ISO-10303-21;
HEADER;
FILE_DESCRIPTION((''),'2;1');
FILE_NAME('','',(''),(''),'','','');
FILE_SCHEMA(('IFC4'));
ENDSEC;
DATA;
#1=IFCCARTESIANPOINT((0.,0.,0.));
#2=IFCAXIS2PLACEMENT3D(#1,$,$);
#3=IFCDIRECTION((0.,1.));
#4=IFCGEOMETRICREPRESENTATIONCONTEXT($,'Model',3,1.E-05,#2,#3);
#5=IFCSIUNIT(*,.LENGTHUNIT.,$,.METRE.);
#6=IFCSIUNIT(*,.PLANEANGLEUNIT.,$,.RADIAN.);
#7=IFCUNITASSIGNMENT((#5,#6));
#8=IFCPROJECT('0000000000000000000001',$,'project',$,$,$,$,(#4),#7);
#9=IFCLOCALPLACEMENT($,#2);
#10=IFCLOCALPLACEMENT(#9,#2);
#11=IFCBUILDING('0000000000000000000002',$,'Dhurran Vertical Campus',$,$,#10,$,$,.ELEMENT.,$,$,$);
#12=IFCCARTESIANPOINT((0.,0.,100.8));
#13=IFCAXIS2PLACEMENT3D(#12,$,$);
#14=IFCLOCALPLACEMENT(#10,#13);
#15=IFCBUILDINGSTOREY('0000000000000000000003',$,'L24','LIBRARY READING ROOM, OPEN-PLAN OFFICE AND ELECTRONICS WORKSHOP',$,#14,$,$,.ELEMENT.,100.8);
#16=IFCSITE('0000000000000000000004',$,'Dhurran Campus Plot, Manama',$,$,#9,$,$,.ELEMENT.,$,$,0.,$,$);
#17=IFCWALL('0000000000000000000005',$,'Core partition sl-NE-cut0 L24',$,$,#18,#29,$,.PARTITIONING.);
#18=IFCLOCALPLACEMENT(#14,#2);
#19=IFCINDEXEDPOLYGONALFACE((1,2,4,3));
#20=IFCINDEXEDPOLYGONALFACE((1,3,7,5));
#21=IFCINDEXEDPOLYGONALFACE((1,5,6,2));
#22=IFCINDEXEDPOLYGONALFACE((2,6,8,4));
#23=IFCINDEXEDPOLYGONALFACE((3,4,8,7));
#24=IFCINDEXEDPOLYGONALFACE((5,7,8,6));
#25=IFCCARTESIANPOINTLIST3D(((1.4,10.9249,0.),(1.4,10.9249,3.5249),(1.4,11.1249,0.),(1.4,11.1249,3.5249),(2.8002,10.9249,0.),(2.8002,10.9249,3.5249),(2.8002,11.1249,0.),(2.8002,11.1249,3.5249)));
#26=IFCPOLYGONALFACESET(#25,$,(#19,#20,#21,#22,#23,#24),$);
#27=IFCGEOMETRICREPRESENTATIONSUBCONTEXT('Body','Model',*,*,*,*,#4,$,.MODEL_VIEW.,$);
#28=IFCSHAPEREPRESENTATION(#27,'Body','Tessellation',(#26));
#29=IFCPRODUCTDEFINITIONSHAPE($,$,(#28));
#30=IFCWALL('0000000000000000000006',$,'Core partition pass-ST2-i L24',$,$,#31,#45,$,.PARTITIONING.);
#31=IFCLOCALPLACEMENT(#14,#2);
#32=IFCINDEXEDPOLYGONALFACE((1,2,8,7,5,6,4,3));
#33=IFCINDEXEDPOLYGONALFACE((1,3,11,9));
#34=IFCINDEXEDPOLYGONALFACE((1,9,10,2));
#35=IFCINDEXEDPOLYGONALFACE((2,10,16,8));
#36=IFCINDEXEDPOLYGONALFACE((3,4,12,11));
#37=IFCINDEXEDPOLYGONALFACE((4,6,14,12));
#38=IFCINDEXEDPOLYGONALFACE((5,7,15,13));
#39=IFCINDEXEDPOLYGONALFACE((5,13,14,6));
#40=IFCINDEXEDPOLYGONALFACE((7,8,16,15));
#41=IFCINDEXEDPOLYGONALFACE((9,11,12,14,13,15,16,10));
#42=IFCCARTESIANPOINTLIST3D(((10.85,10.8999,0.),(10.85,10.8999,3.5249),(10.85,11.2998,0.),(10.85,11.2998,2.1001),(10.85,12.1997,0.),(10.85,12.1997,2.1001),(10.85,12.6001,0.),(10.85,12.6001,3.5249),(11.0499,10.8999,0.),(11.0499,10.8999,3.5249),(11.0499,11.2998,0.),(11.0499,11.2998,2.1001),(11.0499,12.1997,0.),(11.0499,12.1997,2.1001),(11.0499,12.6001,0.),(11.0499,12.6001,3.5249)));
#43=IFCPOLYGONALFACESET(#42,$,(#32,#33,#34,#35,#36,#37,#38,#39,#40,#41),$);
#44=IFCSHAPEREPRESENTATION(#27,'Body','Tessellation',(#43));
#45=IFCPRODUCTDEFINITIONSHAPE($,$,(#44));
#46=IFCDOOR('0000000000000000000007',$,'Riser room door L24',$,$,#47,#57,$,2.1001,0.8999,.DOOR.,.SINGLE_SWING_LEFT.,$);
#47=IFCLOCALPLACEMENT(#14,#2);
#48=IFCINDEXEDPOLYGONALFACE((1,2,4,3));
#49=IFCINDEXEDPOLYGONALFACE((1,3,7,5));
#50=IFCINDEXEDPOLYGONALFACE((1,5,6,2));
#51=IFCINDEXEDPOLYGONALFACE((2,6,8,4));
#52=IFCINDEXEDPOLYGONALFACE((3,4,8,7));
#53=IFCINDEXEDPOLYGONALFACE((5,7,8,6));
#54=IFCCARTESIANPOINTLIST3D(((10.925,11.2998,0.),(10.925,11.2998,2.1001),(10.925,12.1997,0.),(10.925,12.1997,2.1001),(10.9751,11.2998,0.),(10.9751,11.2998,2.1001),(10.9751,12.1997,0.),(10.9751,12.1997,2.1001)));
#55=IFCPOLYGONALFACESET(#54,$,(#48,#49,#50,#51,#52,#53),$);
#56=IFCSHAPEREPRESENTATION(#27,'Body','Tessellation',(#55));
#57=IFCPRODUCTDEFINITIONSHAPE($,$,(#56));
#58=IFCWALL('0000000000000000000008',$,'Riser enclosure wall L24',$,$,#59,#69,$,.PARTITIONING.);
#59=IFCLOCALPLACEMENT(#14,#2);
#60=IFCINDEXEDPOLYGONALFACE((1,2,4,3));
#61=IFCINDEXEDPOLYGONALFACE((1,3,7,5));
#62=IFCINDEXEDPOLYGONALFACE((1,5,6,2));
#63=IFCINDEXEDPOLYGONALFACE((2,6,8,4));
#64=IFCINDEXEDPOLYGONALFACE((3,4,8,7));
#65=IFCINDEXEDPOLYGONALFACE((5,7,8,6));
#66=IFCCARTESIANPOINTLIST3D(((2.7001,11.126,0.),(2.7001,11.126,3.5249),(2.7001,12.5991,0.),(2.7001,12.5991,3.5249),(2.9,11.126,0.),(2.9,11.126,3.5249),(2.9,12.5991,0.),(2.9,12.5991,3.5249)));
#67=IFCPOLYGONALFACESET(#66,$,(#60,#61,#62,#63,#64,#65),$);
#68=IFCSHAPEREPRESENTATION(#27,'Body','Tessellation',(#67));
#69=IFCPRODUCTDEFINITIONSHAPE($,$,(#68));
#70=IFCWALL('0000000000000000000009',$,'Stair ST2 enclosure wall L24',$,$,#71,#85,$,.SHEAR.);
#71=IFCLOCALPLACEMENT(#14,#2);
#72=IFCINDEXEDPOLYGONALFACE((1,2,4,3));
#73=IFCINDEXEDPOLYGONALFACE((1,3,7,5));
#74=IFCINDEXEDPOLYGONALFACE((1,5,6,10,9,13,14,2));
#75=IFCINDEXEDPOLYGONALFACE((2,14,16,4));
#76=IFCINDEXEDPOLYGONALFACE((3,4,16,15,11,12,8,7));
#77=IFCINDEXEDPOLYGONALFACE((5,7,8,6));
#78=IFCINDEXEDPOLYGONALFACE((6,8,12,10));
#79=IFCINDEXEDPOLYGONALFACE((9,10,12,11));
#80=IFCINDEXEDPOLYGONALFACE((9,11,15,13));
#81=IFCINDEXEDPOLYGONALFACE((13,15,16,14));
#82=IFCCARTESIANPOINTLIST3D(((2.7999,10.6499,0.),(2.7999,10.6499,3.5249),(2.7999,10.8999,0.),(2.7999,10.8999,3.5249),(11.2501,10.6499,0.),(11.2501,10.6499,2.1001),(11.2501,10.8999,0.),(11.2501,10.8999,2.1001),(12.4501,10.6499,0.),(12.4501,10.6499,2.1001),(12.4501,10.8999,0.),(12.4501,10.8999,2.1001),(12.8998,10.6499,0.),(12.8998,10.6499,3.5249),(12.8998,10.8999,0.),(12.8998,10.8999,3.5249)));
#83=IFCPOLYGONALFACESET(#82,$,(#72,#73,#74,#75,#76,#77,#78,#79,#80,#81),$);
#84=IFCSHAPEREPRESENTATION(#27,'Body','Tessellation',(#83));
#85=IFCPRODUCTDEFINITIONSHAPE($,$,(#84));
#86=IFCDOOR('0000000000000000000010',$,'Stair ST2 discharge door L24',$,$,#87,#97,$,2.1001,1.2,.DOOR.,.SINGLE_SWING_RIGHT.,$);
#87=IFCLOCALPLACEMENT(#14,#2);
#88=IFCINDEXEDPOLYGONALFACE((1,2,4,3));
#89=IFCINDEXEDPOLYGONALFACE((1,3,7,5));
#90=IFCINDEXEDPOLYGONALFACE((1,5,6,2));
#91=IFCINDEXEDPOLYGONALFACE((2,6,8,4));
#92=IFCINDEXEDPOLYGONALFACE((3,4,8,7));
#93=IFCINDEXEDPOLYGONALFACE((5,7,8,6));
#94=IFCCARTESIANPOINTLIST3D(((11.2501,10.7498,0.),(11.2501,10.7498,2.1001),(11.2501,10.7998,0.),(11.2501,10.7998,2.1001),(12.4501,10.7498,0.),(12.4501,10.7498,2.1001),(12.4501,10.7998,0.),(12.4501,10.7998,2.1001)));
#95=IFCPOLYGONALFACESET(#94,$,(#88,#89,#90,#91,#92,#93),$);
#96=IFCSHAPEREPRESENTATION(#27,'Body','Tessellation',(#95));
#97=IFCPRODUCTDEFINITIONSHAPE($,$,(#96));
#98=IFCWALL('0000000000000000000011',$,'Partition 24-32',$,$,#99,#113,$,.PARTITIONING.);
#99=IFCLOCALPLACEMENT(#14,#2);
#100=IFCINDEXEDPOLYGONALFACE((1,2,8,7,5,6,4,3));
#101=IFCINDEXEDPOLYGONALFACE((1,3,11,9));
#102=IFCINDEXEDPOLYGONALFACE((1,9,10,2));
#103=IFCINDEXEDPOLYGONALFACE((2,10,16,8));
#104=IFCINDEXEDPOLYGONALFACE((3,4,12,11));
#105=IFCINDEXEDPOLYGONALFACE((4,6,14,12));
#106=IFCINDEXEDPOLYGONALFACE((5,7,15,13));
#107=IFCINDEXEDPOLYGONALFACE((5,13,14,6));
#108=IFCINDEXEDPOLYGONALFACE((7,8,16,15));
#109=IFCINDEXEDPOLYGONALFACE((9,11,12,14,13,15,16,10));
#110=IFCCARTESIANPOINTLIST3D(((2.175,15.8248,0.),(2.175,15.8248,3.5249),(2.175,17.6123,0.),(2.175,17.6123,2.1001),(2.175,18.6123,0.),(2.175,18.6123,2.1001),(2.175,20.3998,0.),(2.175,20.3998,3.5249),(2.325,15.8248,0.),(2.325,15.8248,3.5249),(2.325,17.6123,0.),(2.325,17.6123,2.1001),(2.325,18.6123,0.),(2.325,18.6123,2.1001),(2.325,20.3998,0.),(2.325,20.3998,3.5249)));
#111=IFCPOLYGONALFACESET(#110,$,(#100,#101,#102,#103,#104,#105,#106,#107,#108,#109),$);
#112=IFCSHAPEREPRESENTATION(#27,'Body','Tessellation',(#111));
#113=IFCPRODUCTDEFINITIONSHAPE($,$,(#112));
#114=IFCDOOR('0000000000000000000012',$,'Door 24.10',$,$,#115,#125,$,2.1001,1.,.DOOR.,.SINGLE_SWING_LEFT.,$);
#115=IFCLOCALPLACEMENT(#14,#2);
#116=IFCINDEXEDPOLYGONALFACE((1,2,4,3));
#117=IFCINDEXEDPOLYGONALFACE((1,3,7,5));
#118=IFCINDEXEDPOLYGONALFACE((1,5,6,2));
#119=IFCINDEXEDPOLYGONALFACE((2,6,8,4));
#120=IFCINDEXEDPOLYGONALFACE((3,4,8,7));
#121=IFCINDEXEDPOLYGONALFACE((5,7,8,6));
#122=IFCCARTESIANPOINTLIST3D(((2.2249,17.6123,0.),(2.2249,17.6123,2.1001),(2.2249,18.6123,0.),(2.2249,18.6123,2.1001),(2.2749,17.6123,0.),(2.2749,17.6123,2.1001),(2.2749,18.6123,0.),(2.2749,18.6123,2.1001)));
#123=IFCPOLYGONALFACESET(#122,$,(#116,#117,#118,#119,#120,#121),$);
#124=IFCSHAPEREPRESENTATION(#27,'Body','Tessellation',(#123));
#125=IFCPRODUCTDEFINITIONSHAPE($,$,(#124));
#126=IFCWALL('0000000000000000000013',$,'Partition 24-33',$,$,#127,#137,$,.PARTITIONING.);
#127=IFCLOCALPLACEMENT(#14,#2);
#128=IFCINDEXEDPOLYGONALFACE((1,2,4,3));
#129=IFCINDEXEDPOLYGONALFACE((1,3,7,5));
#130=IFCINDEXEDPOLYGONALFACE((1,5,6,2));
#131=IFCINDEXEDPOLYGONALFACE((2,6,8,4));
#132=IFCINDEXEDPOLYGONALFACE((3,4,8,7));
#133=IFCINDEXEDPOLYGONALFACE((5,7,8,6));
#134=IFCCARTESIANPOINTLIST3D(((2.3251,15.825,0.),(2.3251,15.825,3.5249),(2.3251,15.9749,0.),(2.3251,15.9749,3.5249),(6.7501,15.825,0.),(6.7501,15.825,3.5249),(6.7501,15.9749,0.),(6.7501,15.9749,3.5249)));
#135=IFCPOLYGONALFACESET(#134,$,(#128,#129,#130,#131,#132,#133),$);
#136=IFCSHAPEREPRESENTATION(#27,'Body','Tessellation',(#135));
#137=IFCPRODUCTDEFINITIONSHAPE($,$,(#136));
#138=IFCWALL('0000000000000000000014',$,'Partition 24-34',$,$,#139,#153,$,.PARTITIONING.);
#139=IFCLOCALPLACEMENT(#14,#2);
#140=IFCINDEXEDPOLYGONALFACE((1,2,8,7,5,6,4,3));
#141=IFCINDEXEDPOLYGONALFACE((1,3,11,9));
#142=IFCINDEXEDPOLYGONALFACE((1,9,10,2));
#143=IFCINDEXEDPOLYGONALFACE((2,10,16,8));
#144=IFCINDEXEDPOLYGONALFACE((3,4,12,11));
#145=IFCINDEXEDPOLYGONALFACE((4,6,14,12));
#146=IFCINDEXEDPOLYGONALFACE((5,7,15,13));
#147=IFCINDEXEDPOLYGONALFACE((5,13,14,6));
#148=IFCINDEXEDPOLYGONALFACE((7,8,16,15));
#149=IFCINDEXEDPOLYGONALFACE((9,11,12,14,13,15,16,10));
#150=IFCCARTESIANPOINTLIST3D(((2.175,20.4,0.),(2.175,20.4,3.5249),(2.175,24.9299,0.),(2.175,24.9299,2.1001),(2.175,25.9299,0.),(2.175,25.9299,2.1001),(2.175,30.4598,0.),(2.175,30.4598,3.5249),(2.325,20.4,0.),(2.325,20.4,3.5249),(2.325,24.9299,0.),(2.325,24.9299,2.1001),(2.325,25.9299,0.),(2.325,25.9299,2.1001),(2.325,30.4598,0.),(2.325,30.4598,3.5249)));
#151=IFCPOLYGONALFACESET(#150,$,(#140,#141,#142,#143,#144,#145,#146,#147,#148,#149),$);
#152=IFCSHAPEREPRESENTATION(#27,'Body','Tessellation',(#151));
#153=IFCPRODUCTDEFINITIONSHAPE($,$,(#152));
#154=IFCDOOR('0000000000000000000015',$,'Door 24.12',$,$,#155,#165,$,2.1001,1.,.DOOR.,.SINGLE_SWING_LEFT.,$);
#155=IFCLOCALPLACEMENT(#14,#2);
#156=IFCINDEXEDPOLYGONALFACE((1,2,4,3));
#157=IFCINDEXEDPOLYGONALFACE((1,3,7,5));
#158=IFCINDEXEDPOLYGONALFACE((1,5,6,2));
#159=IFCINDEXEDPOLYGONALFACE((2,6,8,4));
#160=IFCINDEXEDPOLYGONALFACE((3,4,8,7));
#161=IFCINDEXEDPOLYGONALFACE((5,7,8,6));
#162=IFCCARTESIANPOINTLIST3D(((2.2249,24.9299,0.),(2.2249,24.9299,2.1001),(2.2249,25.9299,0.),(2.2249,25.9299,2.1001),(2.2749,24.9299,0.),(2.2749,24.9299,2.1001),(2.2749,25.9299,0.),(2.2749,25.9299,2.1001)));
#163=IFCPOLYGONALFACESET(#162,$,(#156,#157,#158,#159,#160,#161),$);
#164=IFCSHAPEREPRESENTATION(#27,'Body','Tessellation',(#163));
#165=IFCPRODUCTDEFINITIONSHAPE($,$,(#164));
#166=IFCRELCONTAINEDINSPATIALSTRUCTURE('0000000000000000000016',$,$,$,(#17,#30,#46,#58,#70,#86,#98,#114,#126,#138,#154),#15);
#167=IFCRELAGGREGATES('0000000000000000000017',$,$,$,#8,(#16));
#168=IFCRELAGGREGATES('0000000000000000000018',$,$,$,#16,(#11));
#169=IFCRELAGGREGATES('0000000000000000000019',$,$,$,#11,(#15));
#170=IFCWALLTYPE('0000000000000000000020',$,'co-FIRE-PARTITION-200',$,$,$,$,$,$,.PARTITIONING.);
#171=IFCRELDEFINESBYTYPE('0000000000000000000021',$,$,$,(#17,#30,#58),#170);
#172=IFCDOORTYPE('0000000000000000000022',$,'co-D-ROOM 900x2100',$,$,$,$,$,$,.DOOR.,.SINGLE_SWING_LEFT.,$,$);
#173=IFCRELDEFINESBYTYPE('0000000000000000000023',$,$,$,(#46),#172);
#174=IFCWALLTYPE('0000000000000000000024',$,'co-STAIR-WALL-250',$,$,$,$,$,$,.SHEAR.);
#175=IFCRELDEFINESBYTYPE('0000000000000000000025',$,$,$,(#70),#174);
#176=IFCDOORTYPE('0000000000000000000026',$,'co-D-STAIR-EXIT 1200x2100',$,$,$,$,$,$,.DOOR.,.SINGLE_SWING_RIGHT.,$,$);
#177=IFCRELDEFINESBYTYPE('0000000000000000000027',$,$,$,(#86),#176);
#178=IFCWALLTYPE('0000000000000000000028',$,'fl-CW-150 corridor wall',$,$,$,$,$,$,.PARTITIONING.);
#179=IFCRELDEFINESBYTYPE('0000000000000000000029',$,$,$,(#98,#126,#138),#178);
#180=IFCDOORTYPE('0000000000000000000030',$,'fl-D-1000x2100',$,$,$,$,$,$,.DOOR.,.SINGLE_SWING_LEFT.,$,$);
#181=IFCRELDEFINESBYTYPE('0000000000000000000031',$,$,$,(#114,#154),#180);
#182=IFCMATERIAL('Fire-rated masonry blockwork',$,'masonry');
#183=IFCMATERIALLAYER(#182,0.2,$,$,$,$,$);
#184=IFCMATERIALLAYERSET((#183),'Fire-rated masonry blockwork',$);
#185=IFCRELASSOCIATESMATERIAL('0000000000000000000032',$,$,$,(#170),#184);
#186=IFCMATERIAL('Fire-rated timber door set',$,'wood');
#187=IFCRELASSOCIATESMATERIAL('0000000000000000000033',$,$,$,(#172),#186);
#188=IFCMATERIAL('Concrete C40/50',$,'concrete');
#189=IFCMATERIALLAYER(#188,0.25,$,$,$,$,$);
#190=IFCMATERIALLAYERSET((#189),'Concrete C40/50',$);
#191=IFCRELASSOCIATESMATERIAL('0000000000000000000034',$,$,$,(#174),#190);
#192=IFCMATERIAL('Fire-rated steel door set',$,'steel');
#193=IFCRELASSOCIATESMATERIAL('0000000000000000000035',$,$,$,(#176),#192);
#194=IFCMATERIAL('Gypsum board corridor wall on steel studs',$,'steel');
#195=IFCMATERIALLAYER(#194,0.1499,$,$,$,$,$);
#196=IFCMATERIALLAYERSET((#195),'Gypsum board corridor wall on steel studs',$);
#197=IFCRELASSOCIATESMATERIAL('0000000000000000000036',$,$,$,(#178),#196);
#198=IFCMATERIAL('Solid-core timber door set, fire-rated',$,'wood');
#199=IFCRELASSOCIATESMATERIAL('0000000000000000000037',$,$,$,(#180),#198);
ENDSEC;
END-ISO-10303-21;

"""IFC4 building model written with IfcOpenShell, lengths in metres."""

from ifc_helpers import new_model, si_unit, direction, frame, frame_2d, origin, place, context, subcontext, project, spatial, rectangle, extrude, material, layer, layer_set, type_object, element, fill, save


model = new_model("IFC4")

# Units and contexts
model_context = context("Model", 3, precision=1e-05, world=origin(), true_north=direction((0.0, 1.0)))
body_context = subcontext(model_context, "Body", "Model", "MODEL_VIEW")
ifc_project = project(units=[si_unit("LENGTHUNIT", "METRE"), si_unit("PLANEANGLEUNIT", "RADIAN")], contexts=[model_context])

# Site, building, storey
site_placement = place(None, origin())
site = spatial("IfcSite", under=ifc_project, at=site_placement, Name="Dhurran Campus Plot, Manama", CompositionType="ELEMENT", RefElevation=0.0)
building_placement = place(site_placement, origin())
building = spatial("IfcBuilding", under=site, at=building_placement, Name="Dhurran Vertical Campus", CompositionType="ELEMENT")
storey_placement = place(building_placement, frame((0.0, 0.0, 100.8)))
storey = spatial("IfcBuildingStorey", under=building, at=storey_placement, Name="L24", Description="LIBRARY READING ROOM, OPEN-PLAN OFFICE AND ELECTRONICS WORKSHOP", CompositionType="ELEMENT", Elevation=100.8)

# Wall
ifc_material_1 = material(Name="Fire-rated masonry blockwork", Category="masonry")
ifc_layer_1 = layer(ifc_material_1, 0.2)
ifc_layer_set_1 = layer_set([ifc_layer_1], Name="Fire-rated masonry blockwork")
wall_type_1 = type_object("IfcWallType", Name="co-FIRE-PARTITION-200", PredefinedType="PARTITIONING", material=ifc_layer_set_1)
wall_1_placement = place(storey_placement, frame((1.3999, 11.0249, 0.0), z_axis=(0.0, 0.0, 1.0), x_axis=(1.0, 0.0, 0.0)))
element("IfcWall", 1, at=wall_1_placement, inside=storey, type_object=wall_type_1, Name="Core partition sl-NE-cut0 L24", PredefinedType="PARTITIONING", context=body_context, shape_type="SweptSolid", body=[
    extrude(rectangle(XDim=1.4001, YDim=0.2, at=frame_2d((0.7002, 0.0))), origin(), (0.0, 0.0, 1.0), 3.5249),
])

# Wall, opening, door
wall_2_placement = place(storey_placement, frame((10.95, 10.8999, 0.0), z_axis=(0.0, 0.0, 1.0), x_axis=(0.0, 1.0, 0.0)))
wall_2 = element("IfcWall", 2, at=wall_2_placement, inside=storey, type_object=wall_type_1, Name="Core partition pass-ST2-i L24", PredefinedType="PARTITIONING", context=body_context, shape_type="SweptSolid", body=[
    extrude(rectangle(XDim=1.7002, YDim=0.2, at=frame_2d((0.8501, 0.0))), origin(), (0.0, 0.0, 1.0), 3.5249),
])
opening_1_placement = place(wall_2_placement, frame((0.3999, 0.0, 0.0)))
opening_1 = element("IfcOpeningElement", 3, at=opening_1_placement, cuts=wall_2, PredefinedType="OPENING", context=body_context, shape_type="SweptSolid", body=[
    extrude(rectangle(XDim=0.8999, YDim=2.1001, at=frame_2d((0.45, 1.05))), frame((0.0, 0.1099, 0.0), z_axis=(0.0, -1.0, 0.0), x_axis=(1.0, 0.0, 0.0)), (0.0, 0.0, 1.0), 0.22),
])
ifc_material_2 = material(Name="Fire-rated timber door set", Category="wood")
door_type_1 = type_object("IfcDoorType", Name="co-D-ROOM 900x2100", OperationType="SINGLE_SWING_LEFT", PredefinedType="DOOR", material=ifc_material_2)
door_1_placement = place(opening_1_placement, origin())
door_1 = element("IfcDoor", 4, at=door_1_placement, inside=storey, type_object=door_type_1, Name="Riser room door L24", OperationType="SINGLE_SWING_LEFT", OverallHeight=2.1001, OverallWidth=0.8999, PredefinedType="DOOR", context=body_context, shape_type="SweptSolid", body=[
    extrude(rectangle(XDim=0.8999, YDim=2.1001, at=frame_2d((0.45, 1.05))), frame((0.0, 0.0249, 0.0), z_axis=(0.0, -1.0, 0.0), x_axis=(1.0, 0.0, 0.0)), (0.0, 0.0, 1.0), 0.05),
])
fill(opening_1, door_1)

# Wall
wall_3_placement = place(storey_placement, frame((2.8, 12.5991, 0.0), z_axis=(0.0, 0.0, 1.0), x_axis=(0.0, -1.0, 0.0)))
element("IfcWall", 5, at=wall_3_placement, inside=storey, type_object=wall_type_1, Name="Riser enclosure wall L24", PredefinedType="PARTITIONING", context=body_context, shape_type="SweptSolid", body=[
    extrude(rectangle(XDim=1.4731, YDim=0.2, at=frame_2d((0.7366, 0.0))), origin(), (0.0, 0.0, 1.0), 3.5249),
])

# Walls, openings, doors
ifc_material_3 = material(Name="Concrete C40/50", Category="concrete")
ifc_layer_2 = layer(ifc_material_3, 0.25)
ifc_layer_set_2 = layer_set([ifc_layer_2], Name="Concrete C40/50")
wall_type_2 = type_object("IfcWallType", Name="co-STAIR-WALL-250", PredefinedType="SHEAR", material=ifc_layer_set_2)
wall_4_placement = place(storey_placement, frame((2.8, 10.7749, 0.0), z_axis=(0.0, 0.0, 1.0), x_axis=(1.0, 0.0, 0.0)))
wall_4 = element("IfcWall", 6, at=wall_4_placement, inside=storey, type_object=wall_type_2, Name="Stair ST2 enclosure wall L24", PredefinedType="SHEAR", context=body_context, shape_type="SweptSolid", body=[
    extrude(rectangle(XDim=10.0999, YDim=0.25, at=frame_2d((5.0498, 0.0))), origin(), (0.0, 0.0, 1.0), 3.5249),
])
opening_2_placement = place(wall_4_placement, frame((8.45, 0.0, 0.0)))
opening_2 = element("IfcOpeningElement", 7, at=opening_2_placement, cuts=wall_4, PredefinedType="OPENING", context=body_context, shape_type="SweptSolid", body=[
    extrude(rectangle(XDim=1.2, YDim=2.1001, at=frame_2d((0.6001, 1.05))), frame((0.0, 0.135, 0.0), z_axis=(0.0, -1.0, 0.0), x_axis=(1.0, 0.0, 0.0)), (0.0, 0.0, 1.0), 0.27),
])
ifc_material_4 = material(Name="Fire-rated steel door set", Category="steel")
door_type_2 = type_object("IfcDoorType", Name="co-D-STAIR-EXIT 1200x2100", OperationType="SINGLE_SWING_RIGHT", PredefinedType="DOOR", material=ifc_material_4)
door_2_placement = place(opening_2_placement, origin())
door_2 = element("IfcDoor", 8, at=door_2_placement, inside=storey, type_object=door_type_2, Name="Stair ST2 discharge door L24", OperationType="SINGLE_SWING_RIGHT", OverallHeight=2.1001, OverallWidth=1.2, PredefinedType="DOOR", context=body_context, shape_type="SweptSolid", body=[
    extrude(rectangle(XDim=1.2, YDim=2.1001, at=frame_2d((0.6001, 1.05))), frame((0.0, 0.0249, 0.0), z_axis=(0.0, -1.0, 0.0), x_axis=(1.0, 0.0, 0.0)), (0.0, 0.0, 1.0), 0.05),
])
fill(opening_2, door_2)
ifc_material_5 = material(Name="Gypsum board corridor wall on steel studs", Category="steel")
ifc_layer_3 = layer(ifc_material_5, 0.1499)
ifc_layer_set_3 = layer_set([ifc_layer_3], Name="Gypsum board corridor wall on steel studs")
wall_type_3 = type_object("IfcWallType", Name="fl-CW-150 corridor wall", PredefinedType="PARTITIONING", material=ifc_layer_set_3)
wall_5_placement = place(storey_placement, frame((2.25, 20.3999, 0.0), z_axis=(0.0, 0.0, 1.0), x_axis=(0.0, -1.0, 0.0)))
wall_5 = element("IfcWall", 9, at=wall_5_placement, inside=storey, type_object=wall_type_3, Name="Partition 24-32", PredefinedType="PARTITIONING", context=body_context, shape_type="SweptSolid", body=[
    extrude(rectangle(XDim=4.575, YDim=0.1499, at=frame_2d((2.2876, 0.0))), origin(), (0.0, 0.0, 1.0), 3.5249),
])
opening_3_placement = place(wall_5_placement, frame((1.7876, 0.0, 0.0)))
opening_3 = element("IfcOpeningElement", 10, at=opening_3_placement, cuts=wall_5, PredefinedType="OPENING", context=body_context, shape_type="SweptSolid", body=[
    extrude(rectangle(XDim=1.0, YDim=2.1001, at=frame_2d((0.5, 1.05))), frame((0.0, 0.085, 0.0), z_axis=(0.0, -1.0, 0.0), x_axis=(1.0, 0.0, 0.0)), (0.0, 0.0, 1.0), 0.1699),
])
ifc_material_6 = material(Name="Solid-core timber door set, fire-rated", Category="wood")
door_type_3 = type_object("IfcDoorType", Name="fl-D-1000x2100", OperationType="SINGLE_SWING_LEFT", PredefinedType="DOOR", material=ifc_material_6)
door_3_placement = place(opening_3_placement, origin())
door_3 = element("IfcDoor", 11, at=door_3_placement, inside=storey, type_object=door_type_3, Name="Door 24.10", OperationType="SINGLE_SWING_LEFT", OverallHeight=2.1001, OverallWidth=1.0, PredefinedType="DOOR", context=body_context, shape_type="SweptSolid", body=[
    extrude(rectangle(XDim=1.0, YDim=2.1001, at=frame_2d((0.5, 1.05))), frame((0.0, 0.0249, 0.0), z_axis=(0.0, -1.0, 0.0), x_axis=(1.0, 0.0, 0.0)), (0.0, 0.0, 1.0), 0.05),
])
fill(opening_3, door_3)

# Wall
wall_6_placement = place(storey_placement, frame((6.75, 15.8999, 0.0), z_axis=(0.0, 0.0, 1.0), x_axis=(-1.0, 0.0, 0.0)))
element("IfcWall", 12, at=wall_6_placement, inside=storey, type_object=wall_type_3, Name="Partition 24-33", PredefinedType="PARTITIONING", context=body_context, shape_type="SweptSolid", body=[
    extrude(rectangle(XDim=4.425, YDim=0.1499, at=frame_2d((2.2124, 0.0))), origin(), (0.0, 0.0, 1.0), 3.5249),
])

# Wall, opening, door
wall_7_placement = place(storey_placement, frame((2.25, 30.4597, 0.0), z_axis=(0.0, 0.0, 1.0), x_axis=(0.0, -1.0, 0.0)))
wall_7 = element("IfcWall", 13, at=wall_7_placement, inside=storey, type_object=wall_type_3, Name="Partition 24-34", PredefinedType="PARTITIONING", context=body_context, shape_type="SweptSolid", body=[
    extrude(rectangle(XDim=10.0598, YDim=0.1499, at=frame_2d((5.0298, 0.0))), origin(), (0.0, 0.0, 1.0), 3.5249),
])
opening_4_placement = place(wall_7_placement, frame((4.5298, 0.0, 0.0)))
opening_4 = element("IfcOpeningElement", 14, at=opening_4_placement, cuts=wall_7, PredefinedType="OPENING", context=body_context, shape_type="SweptSolid", body=[
    extrude(rectangle(XDim=1.0, YDim=2.1001, at=frame_2d((0.5, 1.05))), frame((0.0, 0.085, 0.0), z_axis=(0.0, -1.0, 0.0), x_axis=(1.0, 0.0, 0.0)), (0.0, 0.0, 1.0), 0.1699),
])
door_4_placement = place(opening_4_placement, origin())
door_4 = element("IfcDoor", 15, at=door_4_placement, inside=storey, type_object=door_type_3, Name="Door 24.12", OperationType="SINGLE_SWING_LEFT", OverallHeight=2.1001, OverallWidth=1.0, PredefinedType="DOOR", context=body_context, shape_type="SweptSolid", body=[
    extrude(rectangle(XDim=1.0, YDim=2.1001, at=frame_2d((0.5, 1.05))), frame((0.0, 0.0249, 0.0), z_axis=(0.0, -1.0, 0.0), x_axis=(1.0, 0.0, 0.0)), (0.0, 0.0, 1.0), 0.05),
])
fill(opening_4, door_4)

save(model, "model.ifc")
